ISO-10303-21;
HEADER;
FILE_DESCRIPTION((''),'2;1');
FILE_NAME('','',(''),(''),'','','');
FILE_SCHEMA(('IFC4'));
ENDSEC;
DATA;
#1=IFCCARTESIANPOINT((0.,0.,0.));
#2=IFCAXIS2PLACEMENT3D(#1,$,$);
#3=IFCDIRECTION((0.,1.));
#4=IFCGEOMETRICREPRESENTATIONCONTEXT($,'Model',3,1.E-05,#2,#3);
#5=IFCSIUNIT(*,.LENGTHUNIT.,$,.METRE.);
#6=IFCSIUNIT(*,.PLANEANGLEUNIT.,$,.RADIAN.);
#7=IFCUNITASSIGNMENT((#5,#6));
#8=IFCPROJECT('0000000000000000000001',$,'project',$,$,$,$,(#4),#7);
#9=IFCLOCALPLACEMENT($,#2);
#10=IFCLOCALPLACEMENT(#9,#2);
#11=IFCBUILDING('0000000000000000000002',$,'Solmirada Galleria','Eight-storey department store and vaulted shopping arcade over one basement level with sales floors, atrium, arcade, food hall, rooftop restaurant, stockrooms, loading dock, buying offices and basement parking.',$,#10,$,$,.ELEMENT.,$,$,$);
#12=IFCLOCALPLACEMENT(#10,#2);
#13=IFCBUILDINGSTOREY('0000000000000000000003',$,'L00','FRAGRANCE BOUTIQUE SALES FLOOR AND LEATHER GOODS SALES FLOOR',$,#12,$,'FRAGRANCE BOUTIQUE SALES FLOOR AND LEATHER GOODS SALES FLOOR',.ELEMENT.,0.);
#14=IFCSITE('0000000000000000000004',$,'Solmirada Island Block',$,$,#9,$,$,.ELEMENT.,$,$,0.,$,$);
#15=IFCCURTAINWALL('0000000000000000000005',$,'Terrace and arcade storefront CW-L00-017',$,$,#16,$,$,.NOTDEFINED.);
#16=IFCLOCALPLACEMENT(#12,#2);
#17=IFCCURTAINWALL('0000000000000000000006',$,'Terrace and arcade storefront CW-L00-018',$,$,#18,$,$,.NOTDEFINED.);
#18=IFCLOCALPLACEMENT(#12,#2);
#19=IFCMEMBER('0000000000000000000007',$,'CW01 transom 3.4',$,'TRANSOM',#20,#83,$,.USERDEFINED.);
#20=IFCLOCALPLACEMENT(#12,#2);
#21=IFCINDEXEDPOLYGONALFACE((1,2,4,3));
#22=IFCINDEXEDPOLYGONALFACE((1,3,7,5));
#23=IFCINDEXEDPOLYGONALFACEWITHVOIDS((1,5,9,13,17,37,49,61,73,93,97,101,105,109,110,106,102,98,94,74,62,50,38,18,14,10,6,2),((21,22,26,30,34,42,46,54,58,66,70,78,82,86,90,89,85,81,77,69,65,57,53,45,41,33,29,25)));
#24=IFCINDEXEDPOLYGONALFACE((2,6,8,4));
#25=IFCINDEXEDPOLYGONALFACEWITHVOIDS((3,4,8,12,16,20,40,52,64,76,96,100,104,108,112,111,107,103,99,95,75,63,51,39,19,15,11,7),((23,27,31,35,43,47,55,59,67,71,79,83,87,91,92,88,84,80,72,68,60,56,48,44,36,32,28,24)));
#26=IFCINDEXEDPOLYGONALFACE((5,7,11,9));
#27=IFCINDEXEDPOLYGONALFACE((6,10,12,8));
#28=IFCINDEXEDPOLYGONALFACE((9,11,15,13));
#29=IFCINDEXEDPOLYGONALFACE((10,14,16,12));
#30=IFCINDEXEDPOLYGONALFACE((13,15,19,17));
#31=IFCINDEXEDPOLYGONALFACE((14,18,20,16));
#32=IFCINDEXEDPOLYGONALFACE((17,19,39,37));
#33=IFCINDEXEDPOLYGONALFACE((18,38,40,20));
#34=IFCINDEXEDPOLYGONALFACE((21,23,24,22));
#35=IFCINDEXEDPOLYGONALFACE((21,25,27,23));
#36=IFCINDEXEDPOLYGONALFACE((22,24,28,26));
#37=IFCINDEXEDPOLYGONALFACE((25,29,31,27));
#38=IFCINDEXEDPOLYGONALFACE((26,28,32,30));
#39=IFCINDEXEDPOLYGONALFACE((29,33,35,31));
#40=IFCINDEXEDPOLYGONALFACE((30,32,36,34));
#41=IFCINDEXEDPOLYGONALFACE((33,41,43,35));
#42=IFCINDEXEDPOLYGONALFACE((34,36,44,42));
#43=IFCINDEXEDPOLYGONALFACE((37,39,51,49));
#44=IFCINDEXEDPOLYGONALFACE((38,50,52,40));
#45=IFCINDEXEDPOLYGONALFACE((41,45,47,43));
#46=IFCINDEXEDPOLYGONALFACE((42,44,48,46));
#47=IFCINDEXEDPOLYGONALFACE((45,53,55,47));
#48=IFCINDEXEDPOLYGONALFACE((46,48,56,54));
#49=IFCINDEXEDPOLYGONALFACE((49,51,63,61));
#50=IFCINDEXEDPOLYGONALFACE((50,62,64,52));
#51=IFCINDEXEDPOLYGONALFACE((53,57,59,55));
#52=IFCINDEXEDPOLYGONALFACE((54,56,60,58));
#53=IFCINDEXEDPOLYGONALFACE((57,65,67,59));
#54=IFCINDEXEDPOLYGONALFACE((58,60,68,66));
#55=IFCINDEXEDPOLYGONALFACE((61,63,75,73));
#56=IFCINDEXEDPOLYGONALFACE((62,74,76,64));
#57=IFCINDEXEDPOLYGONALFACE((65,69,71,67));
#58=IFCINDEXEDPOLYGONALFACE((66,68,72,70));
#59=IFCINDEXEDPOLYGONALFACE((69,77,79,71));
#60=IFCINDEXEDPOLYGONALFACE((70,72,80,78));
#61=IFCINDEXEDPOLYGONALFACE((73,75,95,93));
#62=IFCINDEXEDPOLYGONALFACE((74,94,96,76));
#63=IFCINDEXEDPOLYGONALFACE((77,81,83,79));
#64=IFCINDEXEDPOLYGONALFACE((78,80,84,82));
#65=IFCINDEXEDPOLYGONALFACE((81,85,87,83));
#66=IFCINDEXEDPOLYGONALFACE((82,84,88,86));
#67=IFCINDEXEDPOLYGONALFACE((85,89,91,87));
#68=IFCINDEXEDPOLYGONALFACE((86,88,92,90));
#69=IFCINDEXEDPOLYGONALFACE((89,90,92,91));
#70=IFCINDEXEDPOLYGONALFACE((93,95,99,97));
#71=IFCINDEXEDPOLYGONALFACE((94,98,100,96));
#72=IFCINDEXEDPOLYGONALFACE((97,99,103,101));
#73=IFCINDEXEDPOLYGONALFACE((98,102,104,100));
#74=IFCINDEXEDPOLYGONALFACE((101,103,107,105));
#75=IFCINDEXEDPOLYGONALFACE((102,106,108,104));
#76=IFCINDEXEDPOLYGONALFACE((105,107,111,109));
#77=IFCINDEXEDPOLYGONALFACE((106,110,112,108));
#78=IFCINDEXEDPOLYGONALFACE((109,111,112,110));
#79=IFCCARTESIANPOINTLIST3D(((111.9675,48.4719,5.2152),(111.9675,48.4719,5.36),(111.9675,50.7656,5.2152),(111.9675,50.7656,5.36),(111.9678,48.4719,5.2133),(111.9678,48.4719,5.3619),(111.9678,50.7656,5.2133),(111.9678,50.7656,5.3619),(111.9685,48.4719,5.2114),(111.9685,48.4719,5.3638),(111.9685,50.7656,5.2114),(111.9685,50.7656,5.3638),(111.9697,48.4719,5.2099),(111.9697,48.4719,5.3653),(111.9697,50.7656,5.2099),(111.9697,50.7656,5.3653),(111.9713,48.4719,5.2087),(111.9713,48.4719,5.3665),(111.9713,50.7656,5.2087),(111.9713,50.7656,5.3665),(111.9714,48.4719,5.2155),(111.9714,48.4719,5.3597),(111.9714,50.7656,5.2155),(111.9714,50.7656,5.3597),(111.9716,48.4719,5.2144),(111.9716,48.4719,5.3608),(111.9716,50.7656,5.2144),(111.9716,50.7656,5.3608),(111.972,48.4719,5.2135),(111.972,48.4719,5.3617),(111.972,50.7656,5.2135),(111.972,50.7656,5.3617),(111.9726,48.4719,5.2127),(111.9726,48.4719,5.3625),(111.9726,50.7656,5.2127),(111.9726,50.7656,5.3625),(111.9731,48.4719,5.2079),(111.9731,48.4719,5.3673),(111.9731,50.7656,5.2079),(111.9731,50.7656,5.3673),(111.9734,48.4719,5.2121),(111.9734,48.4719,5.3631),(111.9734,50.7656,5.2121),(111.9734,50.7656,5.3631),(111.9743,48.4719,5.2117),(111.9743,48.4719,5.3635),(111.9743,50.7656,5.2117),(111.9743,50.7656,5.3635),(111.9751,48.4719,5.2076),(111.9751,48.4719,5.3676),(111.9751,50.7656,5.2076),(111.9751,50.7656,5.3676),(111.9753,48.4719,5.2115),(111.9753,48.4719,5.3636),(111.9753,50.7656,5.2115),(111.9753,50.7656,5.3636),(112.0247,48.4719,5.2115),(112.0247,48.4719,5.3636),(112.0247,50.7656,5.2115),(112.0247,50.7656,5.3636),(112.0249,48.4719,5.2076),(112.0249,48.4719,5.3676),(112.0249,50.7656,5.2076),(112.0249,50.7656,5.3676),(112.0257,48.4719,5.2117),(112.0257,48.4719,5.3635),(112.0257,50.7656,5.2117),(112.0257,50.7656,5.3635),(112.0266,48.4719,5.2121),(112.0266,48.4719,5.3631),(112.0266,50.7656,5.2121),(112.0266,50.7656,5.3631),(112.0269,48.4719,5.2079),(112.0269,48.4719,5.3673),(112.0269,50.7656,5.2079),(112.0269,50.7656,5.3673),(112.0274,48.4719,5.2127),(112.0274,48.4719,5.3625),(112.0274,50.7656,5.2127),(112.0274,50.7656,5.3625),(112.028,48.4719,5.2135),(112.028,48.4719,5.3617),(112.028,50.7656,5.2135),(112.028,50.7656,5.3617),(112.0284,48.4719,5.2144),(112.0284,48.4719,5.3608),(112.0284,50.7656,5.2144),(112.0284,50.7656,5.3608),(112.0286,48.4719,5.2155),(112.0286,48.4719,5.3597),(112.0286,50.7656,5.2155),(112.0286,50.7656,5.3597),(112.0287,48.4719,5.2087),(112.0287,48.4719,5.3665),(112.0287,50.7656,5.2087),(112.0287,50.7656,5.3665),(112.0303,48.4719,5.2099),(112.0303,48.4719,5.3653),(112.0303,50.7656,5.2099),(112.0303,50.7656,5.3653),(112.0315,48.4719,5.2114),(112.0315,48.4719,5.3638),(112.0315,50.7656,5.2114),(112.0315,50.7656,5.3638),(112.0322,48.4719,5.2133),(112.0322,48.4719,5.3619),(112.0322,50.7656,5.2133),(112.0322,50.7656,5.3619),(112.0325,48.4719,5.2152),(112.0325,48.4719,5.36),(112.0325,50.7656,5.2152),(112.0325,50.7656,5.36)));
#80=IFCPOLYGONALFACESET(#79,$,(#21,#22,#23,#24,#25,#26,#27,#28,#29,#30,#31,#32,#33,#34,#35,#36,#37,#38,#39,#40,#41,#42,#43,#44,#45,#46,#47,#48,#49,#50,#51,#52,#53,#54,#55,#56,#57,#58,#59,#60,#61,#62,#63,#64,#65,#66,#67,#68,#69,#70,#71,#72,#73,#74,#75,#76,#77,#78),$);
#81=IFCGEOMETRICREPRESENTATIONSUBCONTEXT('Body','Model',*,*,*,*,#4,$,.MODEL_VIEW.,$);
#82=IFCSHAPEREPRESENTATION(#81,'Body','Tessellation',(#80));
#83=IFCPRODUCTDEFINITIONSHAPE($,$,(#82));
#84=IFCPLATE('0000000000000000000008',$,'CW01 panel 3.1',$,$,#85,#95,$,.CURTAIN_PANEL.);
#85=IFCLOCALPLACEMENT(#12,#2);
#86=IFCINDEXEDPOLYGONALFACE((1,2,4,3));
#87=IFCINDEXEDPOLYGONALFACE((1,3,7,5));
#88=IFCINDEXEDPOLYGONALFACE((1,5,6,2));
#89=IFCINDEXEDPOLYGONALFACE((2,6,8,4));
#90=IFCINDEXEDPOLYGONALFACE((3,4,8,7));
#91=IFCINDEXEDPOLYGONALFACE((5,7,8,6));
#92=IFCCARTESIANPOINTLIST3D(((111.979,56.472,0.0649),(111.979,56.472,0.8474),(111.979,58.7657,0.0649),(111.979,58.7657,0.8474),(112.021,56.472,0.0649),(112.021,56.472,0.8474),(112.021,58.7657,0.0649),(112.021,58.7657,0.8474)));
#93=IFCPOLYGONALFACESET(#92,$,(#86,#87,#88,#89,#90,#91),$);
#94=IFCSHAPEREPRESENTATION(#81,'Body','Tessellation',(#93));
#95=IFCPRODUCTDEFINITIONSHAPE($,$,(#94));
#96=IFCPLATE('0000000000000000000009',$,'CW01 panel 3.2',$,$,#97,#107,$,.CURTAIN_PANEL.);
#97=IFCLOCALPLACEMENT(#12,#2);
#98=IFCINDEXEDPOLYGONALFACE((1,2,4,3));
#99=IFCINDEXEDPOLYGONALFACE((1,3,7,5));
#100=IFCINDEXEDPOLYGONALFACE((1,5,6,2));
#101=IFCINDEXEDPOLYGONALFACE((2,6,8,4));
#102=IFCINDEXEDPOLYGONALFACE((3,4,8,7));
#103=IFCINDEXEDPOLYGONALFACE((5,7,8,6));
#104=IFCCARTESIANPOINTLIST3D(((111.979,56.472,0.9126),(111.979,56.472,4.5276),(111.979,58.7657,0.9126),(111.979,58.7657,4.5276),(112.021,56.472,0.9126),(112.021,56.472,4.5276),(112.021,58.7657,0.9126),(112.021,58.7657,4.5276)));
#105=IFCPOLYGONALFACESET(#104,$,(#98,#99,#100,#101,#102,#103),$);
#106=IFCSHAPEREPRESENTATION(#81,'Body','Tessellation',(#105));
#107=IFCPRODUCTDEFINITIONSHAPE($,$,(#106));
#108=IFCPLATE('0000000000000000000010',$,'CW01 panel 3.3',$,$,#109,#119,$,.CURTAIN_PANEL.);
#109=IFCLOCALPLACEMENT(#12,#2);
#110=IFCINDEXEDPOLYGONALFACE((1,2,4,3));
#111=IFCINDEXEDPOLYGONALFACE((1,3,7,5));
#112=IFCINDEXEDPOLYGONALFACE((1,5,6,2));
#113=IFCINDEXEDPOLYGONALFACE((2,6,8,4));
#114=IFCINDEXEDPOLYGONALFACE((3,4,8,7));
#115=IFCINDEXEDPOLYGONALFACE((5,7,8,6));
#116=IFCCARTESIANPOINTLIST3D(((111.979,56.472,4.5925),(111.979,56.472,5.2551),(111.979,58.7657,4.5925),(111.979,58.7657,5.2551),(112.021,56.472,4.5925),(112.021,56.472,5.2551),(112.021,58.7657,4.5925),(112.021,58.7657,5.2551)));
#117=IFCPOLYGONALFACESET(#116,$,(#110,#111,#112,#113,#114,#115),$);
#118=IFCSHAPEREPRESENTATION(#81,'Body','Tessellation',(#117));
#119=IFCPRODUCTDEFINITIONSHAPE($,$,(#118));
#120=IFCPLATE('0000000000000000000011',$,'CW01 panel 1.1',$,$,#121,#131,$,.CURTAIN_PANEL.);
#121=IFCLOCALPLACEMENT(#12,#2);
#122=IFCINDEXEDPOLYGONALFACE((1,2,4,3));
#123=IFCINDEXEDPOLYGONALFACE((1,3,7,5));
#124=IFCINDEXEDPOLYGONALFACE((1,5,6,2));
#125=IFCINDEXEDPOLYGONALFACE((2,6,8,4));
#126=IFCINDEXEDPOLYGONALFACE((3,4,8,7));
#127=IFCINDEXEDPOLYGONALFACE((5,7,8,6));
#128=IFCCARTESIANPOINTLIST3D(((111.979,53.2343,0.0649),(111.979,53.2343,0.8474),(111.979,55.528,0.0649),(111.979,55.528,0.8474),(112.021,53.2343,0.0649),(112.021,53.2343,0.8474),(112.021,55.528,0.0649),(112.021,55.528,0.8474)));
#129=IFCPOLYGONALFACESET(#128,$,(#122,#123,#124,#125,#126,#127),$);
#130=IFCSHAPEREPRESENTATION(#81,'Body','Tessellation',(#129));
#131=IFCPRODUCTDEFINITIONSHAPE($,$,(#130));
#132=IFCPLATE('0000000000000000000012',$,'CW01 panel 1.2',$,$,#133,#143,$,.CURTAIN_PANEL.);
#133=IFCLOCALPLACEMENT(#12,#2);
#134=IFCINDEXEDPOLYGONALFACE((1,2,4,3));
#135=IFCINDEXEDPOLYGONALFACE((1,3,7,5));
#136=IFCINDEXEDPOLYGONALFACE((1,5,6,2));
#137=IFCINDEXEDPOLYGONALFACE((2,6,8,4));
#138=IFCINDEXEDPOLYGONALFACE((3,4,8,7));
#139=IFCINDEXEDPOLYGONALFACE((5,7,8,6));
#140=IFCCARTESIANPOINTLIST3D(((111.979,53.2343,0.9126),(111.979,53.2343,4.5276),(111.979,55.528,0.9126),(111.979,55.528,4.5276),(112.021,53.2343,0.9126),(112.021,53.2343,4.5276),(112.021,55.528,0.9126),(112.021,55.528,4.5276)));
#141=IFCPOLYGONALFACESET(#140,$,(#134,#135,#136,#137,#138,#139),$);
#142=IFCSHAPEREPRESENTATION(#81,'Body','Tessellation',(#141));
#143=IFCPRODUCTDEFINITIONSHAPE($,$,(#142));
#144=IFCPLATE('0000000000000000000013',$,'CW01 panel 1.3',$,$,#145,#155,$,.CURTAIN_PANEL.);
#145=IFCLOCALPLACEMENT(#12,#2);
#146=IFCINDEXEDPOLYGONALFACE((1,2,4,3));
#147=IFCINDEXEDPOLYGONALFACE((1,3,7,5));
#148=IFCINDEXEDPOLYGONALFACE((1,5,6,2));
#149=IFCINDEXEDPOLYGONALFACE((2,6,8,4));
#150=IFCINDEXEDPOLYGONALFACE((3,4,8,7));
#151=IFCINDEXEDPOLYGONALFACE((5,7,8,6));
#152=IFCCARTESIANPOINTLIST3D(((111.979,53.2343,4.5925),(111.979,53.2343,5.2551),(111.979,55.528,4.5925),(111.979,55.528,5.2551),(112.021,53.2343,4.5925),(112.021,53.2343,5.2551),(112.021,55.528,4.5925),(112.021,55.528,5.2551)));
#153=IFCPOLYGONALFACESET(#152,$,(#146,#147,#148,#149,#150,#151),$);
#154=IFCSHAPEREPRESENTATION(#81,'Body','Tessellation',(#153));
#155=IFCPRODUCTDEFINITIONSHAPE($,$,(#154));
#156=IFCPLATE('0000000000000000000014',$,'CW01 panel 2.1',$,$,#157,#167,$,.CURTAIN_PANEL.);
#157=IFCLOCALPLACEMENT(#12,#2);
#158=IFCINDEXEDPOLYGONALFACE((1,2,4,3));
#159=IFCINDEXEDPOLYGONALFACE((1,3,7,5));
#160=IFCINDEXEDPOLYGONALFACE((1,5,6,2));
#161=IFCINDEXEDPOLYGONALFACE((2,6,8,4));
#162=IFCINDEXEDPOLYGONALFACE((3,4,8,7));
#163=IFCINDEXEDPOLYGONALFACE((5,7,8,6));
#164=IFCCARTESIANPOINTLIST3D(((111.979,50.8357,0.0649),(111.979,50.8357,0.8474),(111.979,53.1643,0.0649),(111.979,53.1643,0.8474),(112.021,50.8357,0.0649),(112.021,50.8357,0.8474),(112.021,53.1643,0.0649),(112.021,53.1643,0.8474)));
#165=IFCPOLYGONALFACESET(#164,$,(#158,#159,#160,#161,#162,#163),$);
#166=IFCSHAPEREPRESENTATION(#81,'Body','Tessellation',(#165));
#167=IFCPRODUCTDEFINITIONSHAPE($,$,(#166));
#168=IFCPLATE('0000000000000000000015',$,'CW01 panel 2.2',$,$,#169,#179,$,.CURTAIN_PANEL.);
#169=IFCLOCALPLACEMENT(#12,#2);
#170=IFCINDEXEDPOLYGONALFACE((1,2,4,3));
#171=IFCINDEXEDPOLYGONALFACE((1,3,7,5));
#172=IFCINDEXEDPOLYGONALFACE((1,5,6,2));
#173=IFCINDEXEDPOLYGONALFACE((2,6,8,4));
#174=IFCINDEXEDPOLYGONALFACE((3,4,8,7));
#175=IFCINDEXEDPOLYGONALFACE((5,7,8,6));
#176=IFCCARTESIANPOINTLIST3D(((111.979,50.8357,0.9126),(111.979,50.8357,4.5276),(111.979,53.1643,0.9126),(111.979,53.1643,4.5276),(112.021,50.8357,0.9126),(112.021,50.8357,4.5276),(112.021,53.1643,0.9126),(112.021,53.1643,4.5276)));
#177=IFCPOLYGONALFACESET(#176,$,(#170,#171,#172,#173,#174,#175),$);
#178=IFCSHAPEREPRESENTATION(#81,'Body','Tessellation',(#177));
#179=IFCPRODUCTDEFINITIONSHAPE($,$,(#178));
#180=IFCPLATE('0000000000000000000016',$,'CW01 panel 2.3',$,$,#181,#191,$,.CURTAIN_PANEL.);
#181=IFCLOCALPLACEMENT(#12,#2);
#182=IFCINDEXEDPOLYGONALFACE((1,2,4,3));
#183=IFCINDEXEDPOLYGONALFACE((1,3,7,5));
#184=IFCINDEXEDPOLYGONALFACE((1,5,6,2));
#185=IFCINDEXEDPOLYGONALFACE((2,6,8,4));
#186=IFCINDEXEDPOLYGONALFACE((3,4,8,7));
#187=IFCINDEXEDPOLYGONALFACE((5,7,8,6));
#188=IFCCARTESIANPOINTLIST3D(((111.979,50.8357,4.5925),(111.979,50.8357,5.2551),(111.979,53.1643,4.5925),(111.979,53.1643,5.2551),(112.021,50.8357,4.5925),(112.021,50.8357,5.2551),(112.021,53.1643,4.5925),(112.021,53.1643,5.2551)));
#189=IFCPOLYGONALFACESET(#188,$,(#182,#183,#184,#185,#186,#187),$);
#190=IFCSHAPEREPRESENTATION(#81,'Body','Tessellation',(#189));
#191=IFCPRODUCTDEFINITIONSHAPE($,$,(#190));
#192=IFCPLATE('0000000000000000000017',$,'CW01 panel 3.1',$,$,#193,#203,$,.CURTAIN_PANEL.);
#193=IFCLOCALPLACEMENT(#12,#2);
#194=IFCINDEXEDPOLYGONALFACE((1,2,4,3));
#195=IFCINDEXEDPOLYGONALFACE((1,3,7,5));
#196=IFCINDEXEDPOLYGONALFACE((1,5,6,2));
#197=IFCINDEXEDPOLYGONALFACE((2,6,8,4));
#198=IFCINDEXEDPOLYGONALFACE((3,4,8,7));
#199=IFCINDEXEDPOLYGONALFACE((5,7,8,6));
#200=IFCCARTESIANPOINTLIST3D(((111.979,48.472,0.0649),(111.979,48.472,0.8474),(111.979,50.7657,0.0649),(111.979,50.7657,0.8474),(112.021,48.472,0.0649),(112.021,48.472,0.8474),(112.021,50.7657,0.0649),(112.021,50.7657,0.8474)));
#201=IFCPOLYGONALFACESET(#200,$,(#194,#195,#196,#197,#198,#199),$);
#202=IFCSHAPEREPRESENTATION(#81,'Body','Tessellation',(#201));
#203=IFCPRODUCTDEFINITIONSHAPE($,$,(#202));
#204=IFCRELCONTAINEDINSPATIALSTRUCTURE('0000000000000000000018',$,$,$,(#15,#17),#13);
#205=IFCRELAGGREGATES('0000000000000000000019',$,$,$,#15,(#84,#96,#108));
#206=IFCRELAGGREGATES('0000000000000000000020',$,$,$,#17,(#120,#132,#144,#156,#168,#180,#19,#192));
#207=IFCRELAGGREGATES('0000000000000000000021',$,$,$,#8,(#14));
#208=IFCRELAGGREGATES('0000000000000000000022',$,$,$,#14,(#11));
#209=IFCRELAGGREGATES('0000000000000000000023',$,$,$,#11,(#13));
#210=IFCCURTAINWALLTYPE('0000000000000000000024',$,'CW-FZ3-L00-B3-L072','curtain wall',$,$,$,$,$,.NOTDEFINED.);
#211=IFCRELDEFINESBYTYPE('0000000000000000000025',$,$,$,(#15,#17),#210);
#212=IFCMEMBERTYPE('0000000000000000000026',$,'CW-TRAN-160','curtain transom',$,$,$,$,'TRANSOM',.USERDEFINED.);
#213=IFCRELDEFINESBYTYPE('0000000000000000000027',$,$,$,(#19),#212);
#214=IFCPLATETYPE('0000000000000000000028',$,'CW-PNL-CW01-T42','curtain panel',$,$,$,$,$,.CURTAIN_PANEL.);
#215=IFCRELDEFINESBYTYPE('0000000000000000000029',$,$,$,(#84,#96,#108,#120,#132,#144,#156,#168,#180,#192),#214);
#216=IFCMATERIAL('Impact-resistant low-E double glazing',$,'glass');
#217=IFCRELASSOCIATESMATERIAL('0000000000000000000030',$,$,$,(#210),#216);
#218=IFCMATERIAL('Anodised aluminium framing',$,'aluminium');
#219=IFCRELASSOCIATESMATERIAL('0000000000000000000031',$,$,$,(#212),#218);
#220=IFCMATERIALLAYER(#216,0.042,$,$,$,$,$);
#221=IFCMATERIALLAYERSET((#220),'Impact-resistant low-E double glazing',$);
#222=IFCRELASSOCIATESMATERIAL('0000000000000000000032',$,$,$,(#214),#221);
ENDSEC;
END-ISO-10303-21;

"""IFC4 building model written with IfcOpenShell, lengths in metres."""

from ifc_helpers import new_model, si_unit, direction, frame, origin, origin_2d, place, context, subcontext, project, spatial, rectangle, hollow_rectangle, extrude, material, layer, layer_set, material_profile, profile_set, type_object, element, aggregate, save


model = new_model("IFC4")

# Units and contexts
model_context = context("Model", 3, precision=1e-05, world=origin(), true_north=direction((0.0, 1.0)))
body_context = subcontext(model_context, "Body", "Model", "MODEL_VIEW")
ifc_project = project(units=[si_unit("LENGTHUNIT", "METRE"), si_unit("PLANEANGLEUNIT", "RADIAN")], contexts=[model_context])

# Site, building, storey
site_placement = place(None, origin())
site = spatial("IfcSite", under=ifc_project, at=site_placement, Name="Solmirada Island Block", CompositionType="ELEMENT", RefElevation=0.0)
building_placement = place(site_placement, origin())
building = spatial("IfcBuilding", under=site, at=building_placement, Name="Solmirada Galleria", Description="Eight-storey department store and vaulted shopping arcade over one basement level with sales floors, atrium, arcade, food hall, rooftop restaurant, stockrooms, loading dock, buying offices and basement parking.", CompositionType="ELEMENT")
storey_placement = place(building_placement, origin())
storey = spatial("IfcBuildingStorey", under=building, at=storey_placement, Name="L00", Description="FRAGRANCE BOUTIQUE SALES FLOOR AND LEATHER GOODS SALES FLOOR", LongName="FRAGRANCE BOUTIQUE SALES FLOOR AND LEATHER GOODS SALES FLOOR", CompositionType="ELEMENT", Elevation=0.0)

# Curtain wall
ifc_material_1 = material(Name="Impact-resistant low-E double glazing", Category="glass")
curtain_wall_type = type_object("IfcCurtainWallType", Name="CW-FZ3-L00-B3-L072", Description="curtain wall", PredefinedType="NOTDEFINED", material=ifc_material_1)
curtain_wall_1_placement = place(storey_placement, origin())
curtain_wall_1 = element("IfcCurtainWall", 1, at=curtain_wall_1_placement, inside=storey, type_object=curtain_wall_type, Name="Terrace and arcade storefront CW-L00-017", PredefinedType="NOTDEFINED")
ifc_material_2 = material(Name="Anodised aluminium framing", Category="aluminium")

# Curtain wall, member
curtain_wall_2_placement = place(storey_placement, origin())
curtain_wall_2 = element("IfcCurtainWall", 2, at=curtain_wall_2_placement, inside=storey, type_object=curtain_wall_type, Name="Terrace and arcade storefront CW-L00-018", PredefinedType="NOTDEFINED")
ifc_material_profile_1 = material_profile(ifc_material_2, hollow_rectangle(XDim=0.0649, YDim=0.1599, WallThickness=0.0039, InnerFilletRadius=0.0039, OuterFilletRadius=0.0076, at=origin_2d()), Name="ALU-TRAN-160X65")
ifc_profile_set_1 = profile_set([ifc_material_profile_1], Name="Anodised aluminium framing")
member_type_1 = type_object("IfcMemberType", Name="CW-TRAN-160", Description="curtain transom", ElementType="TRANSOM", PredefinedType="USERDEFINED", material=ifc_profile_set_1)
member_1_placement = place(storey_placement, frame((112.0, 50.7656, 5.2876), z_axis=(0.0, -1.0, 0.0), x_axis=(1.0, 0.0, 0.0)))
member_1 = element("IfcMember", 3, at=member_1_placement, type_object=member_type_1, Name="CW01 transom 3.4", ObjectType="TRANSOM", PredefinedType="USERDEFINED", context=body_context, shape_type="SweptSolid", body=[
    extrude(hollow_rectangle(XDim=0.0649, YDim=0.1599, WallThickness=0.0039, InnerFilletRadius=0.0039, OuterFilletRadius=0.0076, at=origin_2d()), origin(), (0.0, 0.0, 1.0), 2.2937),
])

# Plates
ifc_layer = layer(ifc_material_1, 0.042)
ifc_layer_set = layer_set([ifc_layer], Name="Impact-resistant low-E double glazing")
plate_type = type_object("IfcPlateType", Name="CW-PNL-CW01-T42", Description="curtain panel", PredefinedType="CURTAIN_PANEL", material=ifc_layer_set)
plate_1_placement = place(storey_placement, frame((112.0, 57.6189, 0.0649), z_axis=(0.0, 0.0, 1.0), x_axis=(0.0, -1.0, 0.0)))
plate_1 = element("IfcPlate", 4, at=plate_1_placement, type_object=plate_type, Name="CW01 panel 3.1", PredefinedType="CURTAIN_PANEL", context=body_context, shape_type="SweptSolid", body=[
    extrude(rectangle(XDim=2.2937, YDim=0.042, at=origin_2d()), origin(), (0.0, 0.0, 1.0), 0.7825),
])
plate_2_placement = place(storey_placement, frame((112.0, 57.6189, 0.9126), z_axis=(0.0, 0.0, 1.0), x_axis=(0.0, -1.0, 0.0)))
plate_2 = element("IfcPlate", 5, at=plate_2_placement, type_object=plate_type, Name="CW01 panel 3.2", PredefinedType="CURTAIN_PANEL", context=body_context, shape_type="SweptSolid", body=[
    extrude(rectangle(XDim=2.2937, YDim=0.042, at=origin_2d()), origin(), (0.0, 0.0, 1.0), 3.615),
])
plate_3_placement = place(storey_placement, frame((112.0, 57.6189, 4.5925), z_axis=(0.0, 0.0, 1.0), x_axis=(0.0, -1.0, 0.0)))
plate_3 = element("IfcPlate", 6, at=plate_3_placement, type_object=plate_type, Name="CW01 panel 3.3", PredefinedType="CURTAIN_PANEL", context=body_context, shape_type="SweptSolid", body=[
    extrude(rectangle(XDim=2.2937, YDim=0.042, at=origin_2d()), origin(), (0.0, 0.0, 1.0), 0.6626),
])
aggregate(curtain_wall_1, [plate_1, plate_2, plate_3])
plate_4_placement = place(storey_placement, frame((112.0, 54.3811, 0.0649), z_axis=(0.0, 0.0, 1.0), x_axis=(0.0, -1.0, 0.0)))
plate_4 = element("IfcPlate", 7, at=plate_4_placement, type_object=plate_type, Name="CW01 panel 1.1", PredefinedType="CURTAIN_PANEL", context=body_context, shape_type="SweptSolid", body=[
    extrude(rectangle(XDim=2.2937, YDim=0.042, at=origin_2d()), origin(), (0.0, 0.0, 1.0), 0.7825),
])
plate_5_placement = place(storey_placement, frame((112.0, 54.3811, 0.9126), z_axis=(0.0, 0.0, 1.0), x_axis=(0.0, -1.0, 0.0)))
plate_5 = element("IfcPlate", 8, at=plate_5_placement, type_object=plate_type, Name="CW01 panel 1.2", PredefinedType="CURTAIN_PANEL", context=body_context, shape_type="SweptSolid", body=[
    extrude(rectangle(XDim=2.2937, YDim=0.042, at=origin_2d()), origin(), (0.0, 0.0, 1.0), 3.615),
])
plate_6_placement = place(storey_placement, frame((112.0, 54.3811, 4.5925), z_axis=(0.0, 0.0, 1.0), x_axis=(0.0, -1.0, 0.0)))
plate_6 = element("IfcPlate", 9, at=plate_6_placement, type_object=plate_type, Name="CW01 panel 1.3", PredefinedType="CURTAIN_PANEL", context=body_context, shape_type="SweptSolid", body=[
    extrude(rectangle(XDim=2.2937, YDim=0.042, at=origin_2d()), origin(), (0.0, 0.0, 1.0), 0.6626),
])
plate_7_placement = place(storey_placement, frame((112.0, 52.0, 0.0649), z_axis=(0.0, 0.0, 1.0), x_axis=(0.0, -1.0, 0.0)))
plate_7 = element("IfcPlate", 10, at=plate_7_placement, type_object=plate_type, Name="CW01 panel 2.1", PredefinedType="CURTAIN_PANEL", context=body_context, shape_type="SweptSolid", body=[
    extrude(rectangle(XDim=2.3286, YDim=0.042, at=origin_2d()), origin(), (0.0, 0.0, 1.0), 0.7825),
])
plate_8_placement = place(storey_placement, frame((112.0, 52.0, 0.9126), z_axis=(0.0, 0.0, 1.0), x_axis=(0.0, -1.0, 0.0)))
plate_8 = element("IfcPlate", 11, at=plate_8_placement, type_object=plate_type, Name="CW01 panel 2.2", PredefinedType="CURTAIN_PANEL", context=body_context, shape_type="SweptSolid", body=[
    extrude(rectangle(XDim=2.3286, YDim=0.042, at=origin_2d()), origin(), (0.0, 0.0, 1.0), 3.615),
])
plate_9_placement = place(storey_placement, frame((112.0, 52.0, 4.5925), z_axis=(0.0, 0.0, 1.0), x_axis=(0.0, -1.0, 0.0)))
plate_9 = element("IfcPlate", 12, at=plate_9_placement, type_object=plate_type, Name="CW01 panel 2.3", PredefinedType="CURTAIN_PANEL", context=body_context, shape_type="SweptSolid", body=[
    extrude(rectangle(XDim=2.3286, YDim=0.042, at=origin_2d()), origin(), (0.0, 0.0, 1.0), 0.6626),
])
plate_10_placement = place(storey_placement, frame((112.0, 49.6189, 0.0649), z_axis=(0.0, 0.0, 1.0), x_axis=(0.0, -1.0, 0.0)))
plate_10 = element("IfcPlate", 13, at=plate_10_placement, type_object=plate_type, Name="CW01 panel 3.1", PredefinedType="CURTAIN_PANEL", context=body_context, shape_type="SweptSolid", body=[
    extrude(rectangle(XDim=2.2937, YDim=0.042, at=origin_2d()), origin(), (0.0, 0.0, 1.0), 0.7825),
])
aggregate(curtain_wall_2, [plate_4, plate_5, plate_6, plate_7, plate_8, plate_9, member_1, plate_10])

save(model, "model.ifc")
